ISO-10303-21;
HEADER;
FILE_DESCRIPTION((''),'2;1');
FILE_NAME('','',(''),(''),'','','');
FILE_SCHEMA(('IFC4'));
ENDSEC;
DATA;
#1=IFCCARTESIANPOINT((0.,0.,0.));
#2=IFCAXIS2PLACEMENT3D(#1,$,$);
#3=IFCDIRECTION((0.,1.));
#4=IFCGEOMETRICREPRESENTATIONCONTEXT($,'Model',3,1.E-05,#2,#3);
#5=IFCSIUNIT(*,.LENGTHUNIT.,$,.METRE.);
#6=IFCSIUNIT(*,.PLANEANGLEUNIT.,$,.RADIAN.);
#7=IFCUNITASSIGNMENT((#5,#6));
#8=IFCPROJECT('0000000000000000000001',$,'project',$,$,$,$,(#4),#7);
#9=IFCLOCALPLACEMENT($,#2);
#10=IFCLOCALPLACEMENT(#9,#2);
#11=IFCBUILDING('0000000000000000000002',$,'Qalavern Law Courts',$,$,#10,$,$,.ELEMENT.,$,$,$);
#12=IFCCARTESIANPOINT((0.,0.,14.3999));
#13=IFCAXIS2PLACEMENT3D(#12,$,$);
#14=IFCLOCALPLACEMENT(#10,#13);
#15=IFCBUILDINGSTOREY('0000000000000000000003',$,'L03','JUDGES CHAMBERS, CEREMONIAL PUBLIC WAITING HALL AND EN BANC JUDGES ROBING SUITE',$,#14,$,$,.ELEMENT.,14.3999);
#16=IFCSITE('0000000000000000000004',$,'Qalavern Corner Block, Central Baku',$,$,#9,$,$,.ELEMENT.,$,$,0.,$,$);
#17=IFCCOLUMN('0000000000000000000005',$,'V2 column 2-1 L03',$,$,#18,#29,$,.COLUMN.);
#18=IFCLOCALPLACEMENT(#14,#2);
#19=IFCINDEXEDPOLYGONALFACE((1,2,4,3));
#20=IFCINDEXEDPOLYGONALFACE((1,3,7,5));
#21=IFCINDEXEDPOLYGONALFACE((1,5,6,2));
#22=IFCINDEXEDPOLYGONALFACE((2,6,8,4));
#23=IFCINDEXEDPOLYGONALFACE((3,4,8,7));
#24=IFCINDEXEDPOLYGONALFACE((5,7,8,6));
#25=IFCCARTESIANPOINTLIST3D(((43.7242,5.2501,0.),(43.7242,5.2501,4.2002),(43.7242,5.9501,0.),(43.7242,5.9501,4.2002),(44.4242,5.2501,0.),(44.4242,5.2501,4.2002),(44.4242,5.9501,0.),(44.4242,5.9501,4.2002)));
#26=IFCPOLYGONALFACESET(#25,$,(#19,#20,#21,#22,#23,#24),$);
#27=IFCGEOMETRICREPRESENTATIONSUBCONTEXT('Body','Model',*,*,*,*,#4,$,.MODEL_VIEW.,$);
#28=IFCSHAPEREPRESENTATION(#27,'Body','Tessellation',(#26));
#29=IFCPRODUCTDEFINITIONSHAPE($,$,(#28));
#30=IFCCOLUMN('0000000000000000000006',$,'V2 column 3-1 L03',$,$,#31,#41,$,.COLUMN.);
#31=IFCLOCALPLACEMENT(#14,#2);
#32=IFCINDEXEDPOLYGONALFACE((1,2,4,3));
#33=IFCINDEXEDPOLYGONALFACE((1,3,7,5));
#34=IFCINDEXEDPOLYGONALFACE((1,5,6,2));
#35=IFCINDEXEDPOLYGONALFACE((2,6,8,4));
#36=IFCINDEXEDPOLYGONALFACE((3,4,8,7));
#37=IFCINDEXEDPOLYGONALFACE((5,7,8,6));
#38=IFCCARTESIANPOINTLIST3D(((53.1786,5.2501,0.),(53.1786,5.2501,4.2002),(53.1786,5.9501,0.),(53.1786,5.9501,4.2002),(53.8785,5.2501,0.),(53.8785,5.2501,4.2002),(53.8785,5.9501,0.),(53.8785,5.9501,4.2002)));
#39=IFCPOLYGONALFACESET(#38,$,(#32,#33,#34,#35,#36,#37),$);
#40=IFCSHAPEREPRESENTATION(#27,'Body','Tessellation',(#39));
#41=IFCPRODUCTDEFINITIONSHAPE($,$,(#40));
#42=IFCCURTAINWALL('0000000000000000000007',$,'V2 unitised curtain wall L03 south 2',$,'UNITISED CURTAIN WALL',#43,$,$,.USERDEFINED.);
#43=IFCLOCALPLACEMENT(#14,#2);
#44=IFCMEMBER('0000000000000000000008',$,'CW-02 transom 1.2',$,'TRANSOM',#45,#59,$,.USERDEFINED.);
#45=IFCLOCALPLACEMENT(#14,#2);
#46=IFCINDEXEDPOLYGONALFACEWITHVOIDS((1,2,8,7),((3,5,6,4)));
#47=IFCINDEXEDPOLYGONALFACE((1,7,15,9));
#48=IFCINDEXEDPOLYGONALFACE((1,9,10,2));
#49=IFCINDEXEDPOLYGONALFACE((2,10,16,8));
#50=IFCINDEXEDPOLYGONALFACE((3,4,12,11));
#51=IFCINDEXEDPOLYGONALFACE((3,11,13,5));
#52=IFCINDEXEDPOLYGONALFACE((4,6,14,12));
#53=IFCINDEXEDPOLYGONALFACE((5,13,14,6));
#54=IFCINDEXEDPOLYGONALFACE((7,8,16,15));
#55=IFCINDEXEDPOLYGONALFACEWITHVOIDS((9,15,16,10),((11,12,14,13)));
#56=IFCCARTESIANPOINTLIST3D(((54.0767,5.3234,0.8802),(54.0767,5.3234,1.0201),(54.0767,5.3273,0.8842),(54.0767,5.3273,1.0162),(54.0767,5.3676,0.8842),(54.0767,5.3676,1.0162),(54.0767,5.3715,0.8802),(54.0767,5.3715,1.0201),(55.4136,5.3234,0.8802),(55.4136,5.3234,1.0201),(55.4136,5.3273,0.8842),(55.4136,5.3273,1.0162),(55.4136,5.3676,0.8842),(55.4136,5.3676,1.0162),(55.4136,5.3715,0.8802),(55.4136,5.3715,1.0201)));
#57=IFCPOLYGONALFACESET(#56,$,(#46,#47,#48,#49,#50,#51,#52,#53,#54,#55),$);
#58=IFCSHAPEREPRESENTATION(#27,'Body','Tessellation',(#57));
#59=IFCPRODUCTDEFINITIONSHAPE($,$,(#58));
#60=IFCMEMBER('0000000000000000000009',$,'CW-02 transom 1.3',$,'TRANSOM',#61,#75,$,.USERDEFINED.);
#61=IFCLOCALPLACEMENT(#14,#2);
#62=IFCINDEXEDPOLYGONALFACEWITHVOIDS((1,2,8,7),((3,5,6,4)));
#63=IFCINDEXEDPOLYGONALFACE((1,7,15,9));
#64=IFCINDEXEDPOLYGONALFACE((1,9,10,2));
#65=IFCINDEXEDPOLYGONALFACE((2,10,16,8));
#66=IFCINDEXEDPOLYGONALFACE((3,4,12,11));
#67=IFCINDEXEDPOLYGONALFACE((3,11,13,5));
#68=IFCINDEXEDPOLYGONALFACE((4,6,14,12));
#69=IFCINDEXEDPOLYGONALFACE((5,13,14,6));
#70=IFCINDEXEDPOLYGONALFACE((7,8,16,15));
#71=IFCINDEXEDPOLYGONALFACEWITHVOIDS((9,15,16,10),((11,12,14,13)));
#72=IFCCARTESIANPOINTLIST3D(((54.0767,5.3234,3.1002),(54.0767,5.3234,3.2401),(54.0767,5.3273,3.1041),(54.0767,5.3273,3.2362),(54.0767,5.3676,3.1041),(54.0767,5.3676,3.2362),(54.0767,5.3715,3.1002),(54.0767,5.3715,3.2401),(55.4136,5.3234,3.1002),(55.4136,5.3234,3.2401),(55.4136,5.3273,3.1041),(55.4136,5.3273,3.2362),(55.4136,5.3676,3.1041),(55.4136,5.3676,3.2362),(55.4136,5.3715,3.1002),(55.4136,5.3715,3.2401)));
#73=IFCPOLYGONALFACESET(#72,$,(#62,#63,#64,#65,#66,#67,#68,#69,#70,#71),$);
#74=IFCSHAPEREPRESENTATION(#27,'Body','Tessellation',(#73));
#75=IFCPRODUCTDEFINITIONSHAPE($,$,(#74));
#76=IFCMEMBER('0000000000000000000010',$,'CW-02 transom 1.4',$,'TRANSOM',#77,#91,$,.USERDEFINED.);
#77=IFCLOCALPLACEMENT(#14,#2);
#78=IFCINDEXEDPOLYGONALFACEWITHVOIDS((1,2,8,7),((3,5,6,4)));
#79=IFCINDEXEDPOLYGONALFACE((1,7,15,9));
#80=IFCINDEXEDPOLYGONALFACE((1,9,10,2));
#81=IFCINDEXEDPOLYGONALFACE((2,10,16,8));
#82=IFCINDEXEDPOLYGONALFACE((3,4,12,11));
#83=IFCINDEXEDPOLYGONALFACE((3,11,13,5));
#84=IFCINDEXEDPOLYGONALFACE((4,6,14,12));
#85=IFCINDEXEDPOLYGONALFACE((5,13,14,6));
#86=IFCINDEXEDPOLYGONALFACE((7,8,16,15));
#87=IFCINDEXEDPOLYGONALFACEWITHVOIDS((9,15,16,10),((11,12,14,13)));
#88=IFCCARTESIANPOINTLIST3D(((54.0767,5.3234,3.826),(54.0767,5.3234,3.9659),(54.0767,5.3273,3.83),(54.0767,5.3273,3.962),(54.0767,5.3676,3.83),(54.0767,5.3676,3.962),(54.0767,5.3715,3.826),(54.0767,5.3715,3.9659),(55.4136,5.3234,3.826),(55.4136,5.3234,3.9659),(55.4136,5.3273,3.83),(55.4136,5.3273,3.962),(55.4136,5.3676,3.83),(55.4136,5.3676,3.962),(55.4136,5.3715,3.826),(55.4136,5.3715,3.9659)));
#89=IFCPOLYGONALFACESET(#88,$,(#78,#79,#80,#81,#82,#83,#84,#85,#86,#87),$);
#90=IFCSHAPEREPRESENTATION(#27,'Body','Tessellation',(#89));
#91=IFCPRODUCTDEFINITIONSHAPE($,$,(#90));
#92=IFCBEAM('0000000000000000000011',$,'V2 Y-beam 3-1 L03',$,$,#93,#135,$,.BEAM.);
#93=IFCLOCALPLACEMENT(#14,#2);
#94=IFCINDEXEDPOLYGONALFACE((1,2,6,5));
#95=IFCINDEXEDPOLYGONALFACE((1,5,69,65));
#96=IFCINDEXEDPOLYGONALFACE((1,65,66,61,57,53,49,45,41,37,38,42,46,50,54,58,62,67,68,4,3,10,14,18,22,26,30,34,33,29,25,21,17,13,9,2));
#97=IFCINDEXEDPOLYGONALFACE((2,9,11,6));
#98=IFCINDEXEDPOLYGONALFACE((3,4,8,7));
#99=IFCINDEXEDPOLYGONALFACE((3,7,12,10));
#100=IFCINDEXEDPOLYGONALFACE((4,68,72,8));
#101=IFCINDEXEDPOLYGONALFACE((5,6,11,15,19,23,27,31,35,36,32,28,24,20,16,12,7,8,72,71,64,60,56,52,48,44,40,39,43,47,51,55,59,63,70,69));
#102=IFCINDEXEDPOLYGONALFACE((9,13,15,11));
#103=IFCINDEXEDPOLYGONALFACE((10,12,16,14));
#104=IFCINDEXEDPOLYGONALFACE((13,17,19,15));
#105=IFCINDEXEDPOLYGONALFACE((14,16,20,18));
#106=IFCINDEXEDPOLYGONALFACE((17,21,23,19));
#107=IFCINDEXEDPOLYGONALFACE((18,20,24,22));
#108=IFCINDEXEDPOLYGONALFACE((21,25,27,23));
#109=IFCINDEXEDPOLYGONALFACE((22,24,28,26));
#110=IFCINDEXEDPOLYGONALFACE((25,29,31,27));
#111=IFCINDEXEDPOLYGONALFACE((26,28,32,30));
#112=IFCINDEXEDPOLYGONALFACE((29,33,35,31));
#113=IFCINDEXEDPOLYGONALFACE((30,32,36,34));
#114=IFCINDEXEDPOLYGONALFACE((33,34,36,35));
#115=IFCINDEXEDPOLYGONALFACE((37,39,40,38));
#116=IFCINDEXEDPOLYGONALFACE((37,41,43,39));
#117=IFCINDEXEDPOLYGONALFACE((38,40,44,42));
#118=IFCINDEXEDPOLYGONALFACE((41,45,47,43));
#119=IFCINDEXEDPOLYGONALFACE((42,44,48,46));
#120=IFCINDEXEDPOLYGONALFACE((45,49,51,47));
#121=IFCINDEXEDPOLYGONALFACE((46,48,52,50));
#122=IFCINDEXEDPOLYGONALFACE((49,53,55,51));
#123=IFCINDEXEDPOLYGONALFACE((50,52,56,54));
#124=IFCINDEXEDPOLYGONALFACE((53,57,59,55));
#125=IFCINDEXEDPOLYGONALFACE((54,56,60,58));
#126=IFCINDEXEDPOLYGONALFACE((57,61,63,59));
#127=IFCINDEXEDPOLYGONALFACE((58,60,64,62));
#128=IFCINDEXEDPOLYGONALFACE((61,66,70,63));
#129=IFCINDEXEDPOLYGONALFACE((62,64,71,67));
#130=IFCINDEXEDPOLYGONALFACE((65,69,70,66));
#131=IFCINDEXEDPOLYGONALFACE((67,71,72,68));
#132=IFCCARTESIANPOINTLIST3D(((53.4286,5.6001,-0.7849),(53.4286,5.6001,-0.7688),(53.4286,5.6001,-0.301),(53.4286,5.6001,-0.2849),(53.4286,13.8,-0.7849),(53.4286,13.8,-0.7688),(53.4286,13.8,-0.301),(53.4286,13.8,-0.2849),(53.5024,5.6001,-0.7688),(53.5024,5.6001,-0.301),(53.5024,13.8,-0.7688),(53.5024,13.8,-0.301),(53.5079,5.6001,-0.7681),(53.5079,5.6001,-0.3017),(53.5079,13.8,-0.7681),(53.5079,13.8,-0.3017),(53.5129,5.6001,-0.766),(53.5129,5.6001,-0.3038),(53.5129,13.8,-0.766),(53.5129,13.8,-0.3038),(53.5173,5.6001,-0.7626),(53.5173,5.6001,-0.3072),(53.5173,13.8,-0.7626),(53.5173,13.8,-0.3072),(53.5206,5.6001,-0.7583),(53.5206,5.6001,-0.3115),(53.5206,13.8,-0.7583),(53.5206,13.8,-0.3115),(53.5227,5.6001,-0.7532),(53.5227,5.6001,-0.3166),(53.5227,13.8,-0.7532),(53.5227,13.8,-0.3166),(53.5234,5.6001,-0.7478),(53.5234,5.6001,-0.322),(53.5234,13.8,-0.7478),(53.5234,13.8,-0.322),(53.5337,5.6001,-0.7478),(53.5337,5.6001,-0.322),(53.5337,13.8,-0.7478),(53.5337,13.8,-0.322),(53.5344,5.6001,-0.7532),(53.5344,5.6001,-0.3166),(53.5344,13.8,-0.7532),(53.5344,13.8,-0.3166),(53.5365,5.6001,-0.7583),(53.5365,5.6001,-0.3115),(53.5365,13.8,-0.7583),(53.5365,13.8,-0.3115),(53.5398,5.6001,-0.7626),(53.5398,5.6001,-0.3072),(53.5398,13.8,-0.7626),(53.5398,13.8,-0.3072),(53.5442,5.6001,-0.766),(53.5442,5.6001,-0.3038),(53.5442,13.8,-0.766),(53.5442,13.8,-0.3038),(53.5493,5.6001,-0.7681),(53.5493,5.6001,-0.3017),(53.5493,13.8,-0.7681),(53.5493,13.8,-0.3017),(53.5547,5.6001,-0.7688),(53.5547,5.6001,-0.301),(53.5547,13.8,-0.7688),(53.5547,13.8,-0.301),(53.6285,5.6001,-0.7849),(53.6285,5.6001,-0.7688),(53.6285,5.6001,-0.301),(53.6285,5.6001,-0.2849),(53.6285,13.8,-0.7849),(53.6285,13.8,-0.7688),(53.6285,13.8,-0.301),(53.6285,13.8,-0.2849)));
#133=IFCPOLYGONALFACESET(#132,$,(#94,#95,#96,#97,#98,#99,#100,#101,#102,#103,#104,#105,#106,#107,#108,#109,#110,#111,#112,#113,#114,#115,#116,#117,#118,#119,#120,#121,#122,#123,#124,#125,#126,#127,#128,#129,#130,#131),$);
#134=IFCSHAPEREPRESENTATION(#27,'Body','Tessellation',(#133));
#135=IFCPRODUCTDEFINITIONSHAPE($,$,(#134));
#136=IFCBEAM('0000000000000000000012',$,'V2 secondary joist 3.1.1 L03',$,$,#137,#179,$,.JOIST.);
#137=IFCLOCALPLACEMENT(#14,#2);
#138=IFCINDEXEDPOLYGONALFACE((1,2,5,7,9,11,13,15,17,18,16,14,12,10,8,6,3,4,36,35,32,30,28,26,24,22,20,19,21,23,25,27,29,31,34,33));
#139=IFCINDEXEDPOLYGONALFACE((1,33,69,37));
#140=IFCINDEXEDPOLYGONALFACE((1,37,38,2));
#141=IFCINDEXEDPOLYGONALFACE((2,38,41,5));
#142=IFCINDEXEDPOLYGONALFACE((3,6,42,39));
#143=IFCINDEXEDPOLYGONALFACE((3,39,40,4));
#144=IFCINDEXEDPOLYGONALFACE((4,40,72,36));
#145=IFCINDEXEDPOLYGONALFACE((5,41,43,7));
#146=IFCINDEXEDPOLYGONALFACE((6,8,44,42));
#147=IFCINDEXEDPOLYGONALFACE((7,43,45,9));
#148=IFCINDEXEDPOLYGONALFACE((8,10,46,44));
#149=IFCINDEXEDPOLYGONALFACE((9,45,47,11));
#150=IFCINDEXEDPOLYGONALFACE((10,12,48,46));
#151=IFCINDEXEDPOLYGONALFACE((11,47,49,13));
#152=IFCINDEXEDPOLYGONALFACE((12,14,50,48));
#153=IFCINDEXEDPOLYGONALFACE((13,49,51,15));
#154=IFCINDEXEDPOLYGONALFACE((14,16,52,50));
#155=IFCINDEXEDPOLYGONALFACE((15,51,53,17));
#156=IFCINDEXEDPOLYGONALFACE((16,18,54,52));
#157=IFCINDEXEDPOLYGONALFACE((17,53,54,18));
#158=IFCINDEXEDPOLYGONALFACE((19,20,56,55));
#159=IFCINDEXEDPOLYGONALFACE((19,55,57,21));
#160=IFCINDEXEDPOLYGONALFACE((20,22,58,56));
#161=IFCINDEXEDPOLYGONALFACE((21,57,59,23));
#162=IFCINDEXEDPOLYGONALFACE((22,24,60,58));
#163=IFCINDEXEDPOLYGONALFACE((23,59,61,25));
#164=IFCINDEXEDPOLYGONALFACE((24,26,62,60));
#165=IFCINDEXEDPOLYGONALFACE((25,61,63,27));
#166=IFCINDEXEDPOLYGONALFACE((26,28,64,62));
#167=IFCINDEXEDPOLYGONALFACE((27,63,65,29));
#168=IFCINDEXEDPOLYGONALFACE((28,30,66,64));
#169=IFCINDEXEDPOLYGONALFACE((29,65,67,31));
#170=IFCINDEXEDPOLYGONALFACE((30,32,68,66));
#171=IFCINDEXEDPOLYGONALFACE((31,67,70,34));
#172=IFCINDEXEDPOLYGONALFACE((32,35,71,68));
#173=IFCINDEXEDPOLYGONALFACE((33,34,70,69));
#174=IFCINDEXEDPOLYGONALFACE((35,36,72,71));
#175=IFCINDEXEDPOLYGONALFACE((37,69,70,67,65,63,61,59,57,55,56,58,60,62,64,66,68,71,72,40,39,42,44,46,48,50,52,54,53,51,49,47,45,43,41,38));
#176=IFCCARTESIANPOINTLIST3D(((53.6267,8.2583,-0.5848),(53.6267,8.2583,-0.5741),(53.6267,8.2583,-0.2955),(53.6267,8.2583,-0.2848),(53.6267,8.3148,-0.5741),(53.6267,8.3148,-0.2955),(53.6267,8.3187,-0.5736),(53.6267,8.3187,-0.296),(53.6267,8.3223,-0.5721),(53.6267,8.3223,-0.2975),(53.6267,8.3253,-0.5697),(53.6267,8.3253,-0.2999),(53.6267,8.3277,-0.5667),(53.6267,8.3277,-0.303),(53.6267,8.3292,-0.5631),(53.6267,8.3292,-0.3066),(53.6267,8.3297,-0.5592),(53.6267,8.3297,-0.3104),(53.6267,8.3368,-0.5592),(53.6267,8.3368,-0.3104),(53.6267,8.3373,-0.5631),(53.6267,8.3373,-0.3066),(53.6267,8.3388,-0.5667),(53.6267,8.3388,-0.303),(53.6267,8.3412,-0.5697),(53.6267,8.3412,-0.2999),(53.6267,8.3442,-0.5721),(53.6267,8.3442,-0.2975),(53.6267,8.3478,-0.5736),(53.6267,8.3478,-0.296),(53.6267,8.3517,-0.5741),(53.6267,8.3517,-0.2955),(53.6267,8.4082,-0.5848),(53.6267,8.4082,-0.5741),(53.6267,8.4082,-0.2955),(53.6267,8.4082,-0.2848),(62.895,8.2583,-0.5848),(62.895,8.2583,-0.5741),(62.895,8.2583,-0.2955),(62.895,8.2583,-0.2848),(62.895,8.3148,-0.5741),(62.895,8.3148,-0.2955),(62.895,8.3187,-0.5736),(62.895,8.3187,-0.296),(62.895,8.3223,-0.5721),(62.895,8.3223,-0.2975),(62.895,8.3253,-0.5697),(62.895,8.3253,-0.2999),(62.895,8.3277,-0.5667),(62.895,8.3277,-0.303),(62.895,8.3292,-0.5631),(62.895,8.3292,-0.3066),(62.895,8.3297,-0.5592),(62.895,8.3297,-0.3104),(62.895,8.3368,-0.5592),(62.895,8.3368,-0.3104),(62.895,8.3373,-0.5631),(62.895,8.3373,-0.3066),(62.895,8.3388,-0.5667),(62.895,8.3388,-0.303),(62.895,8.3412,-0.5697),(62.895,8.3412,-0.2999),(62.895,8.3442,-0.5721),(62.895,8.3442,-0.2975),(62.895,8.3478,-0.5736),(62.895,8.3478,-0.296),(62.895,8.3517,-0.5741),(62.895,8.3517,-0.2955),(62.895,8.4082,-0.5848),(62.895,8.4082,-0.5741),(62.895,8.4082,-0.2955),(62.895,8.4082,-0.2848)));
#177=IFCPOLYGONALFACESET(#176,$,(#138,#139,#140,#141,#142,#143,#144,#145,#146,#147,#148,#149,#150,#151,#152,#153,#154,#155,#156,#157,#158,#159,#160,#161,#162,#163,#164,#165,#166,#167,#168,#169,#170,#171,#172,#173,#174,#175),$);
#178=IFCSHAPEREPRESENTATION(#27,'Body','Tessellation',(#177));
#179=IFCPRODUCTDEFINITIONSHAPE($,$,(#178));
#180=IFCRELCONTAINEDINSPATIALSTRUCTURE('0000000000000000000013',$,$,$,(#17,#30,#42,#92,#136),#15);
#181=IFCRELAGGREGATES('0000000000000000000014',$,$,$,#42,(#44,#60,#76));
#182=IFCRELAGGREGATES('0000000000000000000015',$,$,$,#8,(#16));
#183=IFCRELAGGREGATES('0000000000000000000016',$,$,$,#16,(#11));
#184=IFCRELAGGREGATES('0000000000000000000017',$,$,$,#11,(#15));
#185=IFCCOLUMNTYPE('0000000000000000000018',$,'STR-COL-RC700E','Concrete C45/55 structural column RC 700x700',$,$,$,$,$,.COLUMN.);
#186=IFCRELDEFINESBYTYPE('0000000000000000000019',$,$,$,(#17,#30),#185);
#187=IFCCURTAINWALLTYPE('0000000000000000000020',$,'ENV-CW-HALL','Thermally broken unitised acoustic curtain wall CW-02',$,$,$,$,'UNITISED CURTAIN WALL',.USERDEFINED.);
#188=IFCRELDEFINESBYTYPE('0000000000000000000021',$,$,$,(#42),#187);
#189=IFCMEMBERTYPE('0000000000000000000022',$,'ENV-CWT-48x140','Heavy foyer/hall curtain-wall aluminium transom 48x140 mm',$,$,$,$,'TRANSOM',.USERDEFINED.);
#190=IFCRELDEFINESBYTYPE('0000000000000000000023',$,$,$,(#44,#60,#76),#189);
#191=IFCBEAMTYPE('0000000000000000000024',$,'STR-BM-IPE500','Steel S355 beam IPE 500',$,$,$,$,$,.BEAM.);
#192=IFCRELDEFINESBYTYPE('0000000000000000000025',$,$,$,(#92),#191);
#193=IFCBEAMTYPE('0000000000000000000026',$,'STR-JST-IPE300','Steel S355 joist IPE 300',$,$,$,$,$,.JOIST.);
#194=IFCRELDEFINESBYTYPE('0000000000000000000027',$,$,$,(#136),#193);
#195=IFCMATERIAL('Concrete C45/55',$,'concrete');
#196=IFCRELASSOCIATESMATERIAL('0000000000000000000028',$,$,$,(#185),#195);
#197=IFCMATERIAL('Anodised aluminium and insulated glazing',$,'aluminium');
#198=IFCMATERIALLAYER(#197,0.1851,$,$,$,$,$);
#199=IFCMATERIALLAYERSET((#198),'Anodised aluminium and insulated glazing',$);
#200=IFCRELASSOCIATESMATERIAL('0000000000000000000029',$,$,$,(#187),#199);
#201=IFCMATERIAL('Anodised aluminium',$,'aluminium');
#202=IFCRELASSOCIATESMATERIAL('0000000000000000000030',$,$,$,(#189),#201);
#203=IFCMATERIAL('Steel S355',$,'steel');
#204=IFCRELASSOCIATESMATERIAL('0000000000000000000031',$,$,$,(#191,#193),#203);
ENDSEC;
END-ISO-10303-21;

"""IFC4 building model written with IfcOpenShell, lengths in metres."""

from ifc_helpers import new_model, si_unit, direction, frame, origin, origin_2d, place, context, subcontext, project, spatial, rectangle, hollow_rectangle, i_section, extrude, material, layer, layer_set, material_profile, profile_set, type_object, element, aggregate, save


model = new_model("IFC4")

# Units and contexts
model_context = context("Model", 3, precision=1e-05, world=origin(), true_north=direction((0.0, 1.0)))
body_context = subcontext(model_context, "Body", "Model", "MODEL_VIEW")
ifc_project = project(units=[si_unit("LENGTHUNIT", "METRE"), si_unit("PLANEANGLEUNIT", "RADIAN")], contexts=[model_context])

# Site, building, storey
site_placement = place(None, origin())
site = spatial("IfcSite", under=ifc_project, at=site_placement, Name="Qalavern Corner Block, Central Baku", CompositionType="ELEMENT", RefElevation=0.0)
building_placement = place(site_placement, origin())
building = spatial("IfcBuilding", under=site, at=building_placement, Name="Qalavern Law Courts", CompositionType="ELEMENT")
storey_placement = place(building_placement, frame((0.0, 0.0, 14.3999)))
storey = spatial("IfcBuildingStorey", under=building, at=storey_placement, Name="L03", Description="JUDGES CHAMBERS, CEREMONIAL PUBLIC WAITING HALL AND EN BANC JUDGES ROBING SUITE", CompositionType="ELEMENT", Elevation=14.3999)

# Columns
ifc_material_1 = material(Name="Concrete C45/55", Category="concrete")
ifc_material_profile_1 = material_profile(ifc_material_1, rectangle(XDim=0.7, YDim=0.7, at=origin_2d()), Name="RC 700x700")
ifc_profile_set_1 = profile_set([ifc_material_profile_1], Name="Concrete C45/55")
column_type = type_object("IfcColumnType", Name="STR-COL-RC700E", Description="Concrete C45/55 structural column RC 700x700", PredefinedType="COLUMN", material=ifc_profile_set_1)
for number, where, z_axis, x_axis, name in (
    (1, (44.0742, 5.6001, 0.0), (0.0, 0.0, 1.0), (1.0, 0.0, 0.0), "V2 column 2-1 L03"),
    (2, (53.5286, 5.6001, 0.0), (0.0, 0.0, 1.0), (1.0, 0.0, 0.0), "V2 column 3-1 L03"),
):
    element("IfcColumn", number, at=place(storey_placement, frame(where, z_axis=z_axis, x_axis=x_axis)), inside=storey, type_object=column_type, Name=name, PredefinedType="COLUMN", context=body_context, shape_type="SweptSolid", body=[
        extrude(rectangle(XDim=0.7, YDim=0.7, at=origin_2d()), origin(), (0.0, 0.0, 1.0), 4.2002),
    ])

# Curtain wall, members
ifc_material_2 = material(Name="Anodised aluminium and insulated glazing", Category="aluminium")
ifc_layer_1 = layer(ifc_material_2, 0.1851)
ifc_layer_set_1 = layer_set([ifc_layer_1], Name="Anodised aluminium and insulated glazing")
curtain_wall_type = type_object("IfcCurtainWallType", Name="ENV-CW-HALL", Description="Thermally broken unitised acoustic curtain wall CW-02", ElementType="UNITISED CURTAIN WALL", PredefinedType="USERDEFINED", material=ifc_layer_set_1)
curtain_wall_placement = place(storey_placement, origin())
curtain_wall = element("IfcCurtainWall", 3, at=curtain_wall_placement, inside=storey, type_object=curtain_wall_type, Name="V2 unitised curtain wall L03 south 2", ObjectType="UNITISED CURTAIN WALL", PredefinedType="USERDEFINED")
ifc_material_3 = material(Name="Anodised aluminium", Category="aluminium")
ifc_material_profile_2 = material_profile(ifc_material_3, hollow_rectangle(XDim=0.0481, YDim=0.1399, WallThickness=0.0039, at=origin_2d()), Name="ALU TRANSOM 48x140")
ifc_profile_set_2 = profile_set([ifc_material_profile_2], Name="Anodised aluminium")
member_type = type_object("IfcMemberType", Name="ENV-CWT-48x140", Description="Heavy foyer/hall curtain-wall aluminium transom 48x140 mm", ElementType="TRANSOM", PredefinedType="USERDEFINED", material=ifc_profile_set_2)
member_1_placement = place(storey_placement, frame((54.0767, 5.3474, 0.9502), z_axis=(1.0, 0.0, 0.0), x_axis=(0.0, 1.0, 0.0)))
member_1 = element("IfcMember", 4, at=member_1_placement, type_object=member_type, Name="CW-02 transom 1.2", ObjectType="TRANSOM", PredefinedType="USERDEFINED", context=body_context, shape_type="SweptSolid", body=[
    extrude(hollow_rectangle(XDim=0.0481, YDim=0.1399, WallThickness=0.0039, at=origin_2d()), origin(), (0.0, 0.0, 1.0), 1.3369),
])
member_2_placement = place(storey_placement, frame((54.0767, 5.3474, 3.1702), z_axis=(1.0, 0.0, 0.0), x_axis=(0.0, 1.0, 0.0)))
member_2 = element("IfcMember", 5, at=member_2_placement, type_object=member_type, Name="CW-02 transom 1.3", ObjectType="TRANSOM", PredefinedType="USERDEFINED", context=body_context, shape_type="SweptSolid", body=[
    extrude(hollow_rectangle(XDim=0.0481, YDim=0.1399, WallThickness=0.0039, at=origin_2d()), origin(), (0.0, 0.0, 1.0), 1.3369),
])
member_3_placement = place(storey_placement, frame((54.0767, 5.3474, 3.896), z_axis=(1.0, 0.0, 0.0), x_axis=(0.0, 1.0, 0.0)))
member_3 = element("IfcMember", 6, at=member_3_placement, type_object=member_type, Name="CW-02 transom 1.4", ObjectType="TRANSOM", PredefinedType="USERDEFINED", context=body_context, shape_type="SweptSolid", body=[
    extrude(hollow_rectangle(XDim=0.0481, YDim=0.1399, WallThickness=0.0039, at=origin_2d()), origin(), (0.0, 0.0, 1.0), 1.3369),
])

# Beams
ifc_material_4 = material(Name="Steel S355", Category="steel")
ifc_material_profile_3 = material_profile(ifc_material_4, i_section(OverallWidth=0.2, OverallDepth=0.5, WebThickness=0.0103, FlangeThickness=0.0161, FilletRadius=0.021, at=origin_2d()), Name="IPE 500")
ifc_profile_set_3 = profile_set([ifc_material_profile_3], Name="Steel S355")
beam_type_1 = type_object("IfcBeamType", Name="STR-BM-IPE500", Description="Steel S355 beam IPE 500", PredefinedType="BEAM", material=ifc_profile_set_3)
beam_1_placement = place(storey_placement, frame((53.5286, 5.6001, -0.5349), z_axis=(0.0, 1.0, 0.0), x_axis=(-1.0, 0.0, 0.0)))
element("IfcBeam", 7, at=beam_1_placement, inside=storey, type_object=beam_type_1, Name="V2 Y-beam 3-1 L03", PredefinedType="BEAM", context=body_context, shape_type="SweptSolid", body=[
    extrude(i_section(OverallWidth=0.2, OverallDepth=0.5, WebThickness=0.0103, FlangeThickness=0.0161, FilletRadius=0.021, at=origin_2d()), origin(), (0.0, 0.0, 1.0), 8.2),
])
ifc_material_profile_4 = material_profile(ifc_material_4, i_section(OverallWidth=0.1499, OverallDepth=0.3, WebThickness=0.0071, FlangeThickness=0.0107, FilletRadius=0.0149, at=origin_2d()), Name="IPE 300")
ifc_profile_set_4 = profile_set([ifc_material_profile_4], Name="Steel S355")
beam_type_2 = type_object("IfcBeamType", Name="STR-JST-IPE300", Description="Steel S355 joist IPE 300", PredefinedType="JOIST", material=ifc_profile_set_4)
beam_2_placement = place(storey_placement, frame((53.6267, 8.3333, -0.4348), z_axis=(1.0, 0.0, 0.0), x_axis=(0.0, 1.0, 0.0)))
element("IfcBeam", 8, at=beam_2_placement, inside=storey, type_object=beam_type_2, Name="V2 secondary joist 3.1.1 L03", PredefinedType="JOIST", context=body_context, shape_type="SweptSolid", body=[
    extrude(i_section(OverallWidth=0.1499, OverallDepth=0.3, WebThickness=0.0071, FlangeThickness=0.0107, FilletRadius=0.0149, at=origin_2d()), origin(), (0.0, 0.0, 1.0), 9.2683),
])

aggregate(curtain_wall, [member_1, member_2, member_3])

save(model, "model.ifc")
